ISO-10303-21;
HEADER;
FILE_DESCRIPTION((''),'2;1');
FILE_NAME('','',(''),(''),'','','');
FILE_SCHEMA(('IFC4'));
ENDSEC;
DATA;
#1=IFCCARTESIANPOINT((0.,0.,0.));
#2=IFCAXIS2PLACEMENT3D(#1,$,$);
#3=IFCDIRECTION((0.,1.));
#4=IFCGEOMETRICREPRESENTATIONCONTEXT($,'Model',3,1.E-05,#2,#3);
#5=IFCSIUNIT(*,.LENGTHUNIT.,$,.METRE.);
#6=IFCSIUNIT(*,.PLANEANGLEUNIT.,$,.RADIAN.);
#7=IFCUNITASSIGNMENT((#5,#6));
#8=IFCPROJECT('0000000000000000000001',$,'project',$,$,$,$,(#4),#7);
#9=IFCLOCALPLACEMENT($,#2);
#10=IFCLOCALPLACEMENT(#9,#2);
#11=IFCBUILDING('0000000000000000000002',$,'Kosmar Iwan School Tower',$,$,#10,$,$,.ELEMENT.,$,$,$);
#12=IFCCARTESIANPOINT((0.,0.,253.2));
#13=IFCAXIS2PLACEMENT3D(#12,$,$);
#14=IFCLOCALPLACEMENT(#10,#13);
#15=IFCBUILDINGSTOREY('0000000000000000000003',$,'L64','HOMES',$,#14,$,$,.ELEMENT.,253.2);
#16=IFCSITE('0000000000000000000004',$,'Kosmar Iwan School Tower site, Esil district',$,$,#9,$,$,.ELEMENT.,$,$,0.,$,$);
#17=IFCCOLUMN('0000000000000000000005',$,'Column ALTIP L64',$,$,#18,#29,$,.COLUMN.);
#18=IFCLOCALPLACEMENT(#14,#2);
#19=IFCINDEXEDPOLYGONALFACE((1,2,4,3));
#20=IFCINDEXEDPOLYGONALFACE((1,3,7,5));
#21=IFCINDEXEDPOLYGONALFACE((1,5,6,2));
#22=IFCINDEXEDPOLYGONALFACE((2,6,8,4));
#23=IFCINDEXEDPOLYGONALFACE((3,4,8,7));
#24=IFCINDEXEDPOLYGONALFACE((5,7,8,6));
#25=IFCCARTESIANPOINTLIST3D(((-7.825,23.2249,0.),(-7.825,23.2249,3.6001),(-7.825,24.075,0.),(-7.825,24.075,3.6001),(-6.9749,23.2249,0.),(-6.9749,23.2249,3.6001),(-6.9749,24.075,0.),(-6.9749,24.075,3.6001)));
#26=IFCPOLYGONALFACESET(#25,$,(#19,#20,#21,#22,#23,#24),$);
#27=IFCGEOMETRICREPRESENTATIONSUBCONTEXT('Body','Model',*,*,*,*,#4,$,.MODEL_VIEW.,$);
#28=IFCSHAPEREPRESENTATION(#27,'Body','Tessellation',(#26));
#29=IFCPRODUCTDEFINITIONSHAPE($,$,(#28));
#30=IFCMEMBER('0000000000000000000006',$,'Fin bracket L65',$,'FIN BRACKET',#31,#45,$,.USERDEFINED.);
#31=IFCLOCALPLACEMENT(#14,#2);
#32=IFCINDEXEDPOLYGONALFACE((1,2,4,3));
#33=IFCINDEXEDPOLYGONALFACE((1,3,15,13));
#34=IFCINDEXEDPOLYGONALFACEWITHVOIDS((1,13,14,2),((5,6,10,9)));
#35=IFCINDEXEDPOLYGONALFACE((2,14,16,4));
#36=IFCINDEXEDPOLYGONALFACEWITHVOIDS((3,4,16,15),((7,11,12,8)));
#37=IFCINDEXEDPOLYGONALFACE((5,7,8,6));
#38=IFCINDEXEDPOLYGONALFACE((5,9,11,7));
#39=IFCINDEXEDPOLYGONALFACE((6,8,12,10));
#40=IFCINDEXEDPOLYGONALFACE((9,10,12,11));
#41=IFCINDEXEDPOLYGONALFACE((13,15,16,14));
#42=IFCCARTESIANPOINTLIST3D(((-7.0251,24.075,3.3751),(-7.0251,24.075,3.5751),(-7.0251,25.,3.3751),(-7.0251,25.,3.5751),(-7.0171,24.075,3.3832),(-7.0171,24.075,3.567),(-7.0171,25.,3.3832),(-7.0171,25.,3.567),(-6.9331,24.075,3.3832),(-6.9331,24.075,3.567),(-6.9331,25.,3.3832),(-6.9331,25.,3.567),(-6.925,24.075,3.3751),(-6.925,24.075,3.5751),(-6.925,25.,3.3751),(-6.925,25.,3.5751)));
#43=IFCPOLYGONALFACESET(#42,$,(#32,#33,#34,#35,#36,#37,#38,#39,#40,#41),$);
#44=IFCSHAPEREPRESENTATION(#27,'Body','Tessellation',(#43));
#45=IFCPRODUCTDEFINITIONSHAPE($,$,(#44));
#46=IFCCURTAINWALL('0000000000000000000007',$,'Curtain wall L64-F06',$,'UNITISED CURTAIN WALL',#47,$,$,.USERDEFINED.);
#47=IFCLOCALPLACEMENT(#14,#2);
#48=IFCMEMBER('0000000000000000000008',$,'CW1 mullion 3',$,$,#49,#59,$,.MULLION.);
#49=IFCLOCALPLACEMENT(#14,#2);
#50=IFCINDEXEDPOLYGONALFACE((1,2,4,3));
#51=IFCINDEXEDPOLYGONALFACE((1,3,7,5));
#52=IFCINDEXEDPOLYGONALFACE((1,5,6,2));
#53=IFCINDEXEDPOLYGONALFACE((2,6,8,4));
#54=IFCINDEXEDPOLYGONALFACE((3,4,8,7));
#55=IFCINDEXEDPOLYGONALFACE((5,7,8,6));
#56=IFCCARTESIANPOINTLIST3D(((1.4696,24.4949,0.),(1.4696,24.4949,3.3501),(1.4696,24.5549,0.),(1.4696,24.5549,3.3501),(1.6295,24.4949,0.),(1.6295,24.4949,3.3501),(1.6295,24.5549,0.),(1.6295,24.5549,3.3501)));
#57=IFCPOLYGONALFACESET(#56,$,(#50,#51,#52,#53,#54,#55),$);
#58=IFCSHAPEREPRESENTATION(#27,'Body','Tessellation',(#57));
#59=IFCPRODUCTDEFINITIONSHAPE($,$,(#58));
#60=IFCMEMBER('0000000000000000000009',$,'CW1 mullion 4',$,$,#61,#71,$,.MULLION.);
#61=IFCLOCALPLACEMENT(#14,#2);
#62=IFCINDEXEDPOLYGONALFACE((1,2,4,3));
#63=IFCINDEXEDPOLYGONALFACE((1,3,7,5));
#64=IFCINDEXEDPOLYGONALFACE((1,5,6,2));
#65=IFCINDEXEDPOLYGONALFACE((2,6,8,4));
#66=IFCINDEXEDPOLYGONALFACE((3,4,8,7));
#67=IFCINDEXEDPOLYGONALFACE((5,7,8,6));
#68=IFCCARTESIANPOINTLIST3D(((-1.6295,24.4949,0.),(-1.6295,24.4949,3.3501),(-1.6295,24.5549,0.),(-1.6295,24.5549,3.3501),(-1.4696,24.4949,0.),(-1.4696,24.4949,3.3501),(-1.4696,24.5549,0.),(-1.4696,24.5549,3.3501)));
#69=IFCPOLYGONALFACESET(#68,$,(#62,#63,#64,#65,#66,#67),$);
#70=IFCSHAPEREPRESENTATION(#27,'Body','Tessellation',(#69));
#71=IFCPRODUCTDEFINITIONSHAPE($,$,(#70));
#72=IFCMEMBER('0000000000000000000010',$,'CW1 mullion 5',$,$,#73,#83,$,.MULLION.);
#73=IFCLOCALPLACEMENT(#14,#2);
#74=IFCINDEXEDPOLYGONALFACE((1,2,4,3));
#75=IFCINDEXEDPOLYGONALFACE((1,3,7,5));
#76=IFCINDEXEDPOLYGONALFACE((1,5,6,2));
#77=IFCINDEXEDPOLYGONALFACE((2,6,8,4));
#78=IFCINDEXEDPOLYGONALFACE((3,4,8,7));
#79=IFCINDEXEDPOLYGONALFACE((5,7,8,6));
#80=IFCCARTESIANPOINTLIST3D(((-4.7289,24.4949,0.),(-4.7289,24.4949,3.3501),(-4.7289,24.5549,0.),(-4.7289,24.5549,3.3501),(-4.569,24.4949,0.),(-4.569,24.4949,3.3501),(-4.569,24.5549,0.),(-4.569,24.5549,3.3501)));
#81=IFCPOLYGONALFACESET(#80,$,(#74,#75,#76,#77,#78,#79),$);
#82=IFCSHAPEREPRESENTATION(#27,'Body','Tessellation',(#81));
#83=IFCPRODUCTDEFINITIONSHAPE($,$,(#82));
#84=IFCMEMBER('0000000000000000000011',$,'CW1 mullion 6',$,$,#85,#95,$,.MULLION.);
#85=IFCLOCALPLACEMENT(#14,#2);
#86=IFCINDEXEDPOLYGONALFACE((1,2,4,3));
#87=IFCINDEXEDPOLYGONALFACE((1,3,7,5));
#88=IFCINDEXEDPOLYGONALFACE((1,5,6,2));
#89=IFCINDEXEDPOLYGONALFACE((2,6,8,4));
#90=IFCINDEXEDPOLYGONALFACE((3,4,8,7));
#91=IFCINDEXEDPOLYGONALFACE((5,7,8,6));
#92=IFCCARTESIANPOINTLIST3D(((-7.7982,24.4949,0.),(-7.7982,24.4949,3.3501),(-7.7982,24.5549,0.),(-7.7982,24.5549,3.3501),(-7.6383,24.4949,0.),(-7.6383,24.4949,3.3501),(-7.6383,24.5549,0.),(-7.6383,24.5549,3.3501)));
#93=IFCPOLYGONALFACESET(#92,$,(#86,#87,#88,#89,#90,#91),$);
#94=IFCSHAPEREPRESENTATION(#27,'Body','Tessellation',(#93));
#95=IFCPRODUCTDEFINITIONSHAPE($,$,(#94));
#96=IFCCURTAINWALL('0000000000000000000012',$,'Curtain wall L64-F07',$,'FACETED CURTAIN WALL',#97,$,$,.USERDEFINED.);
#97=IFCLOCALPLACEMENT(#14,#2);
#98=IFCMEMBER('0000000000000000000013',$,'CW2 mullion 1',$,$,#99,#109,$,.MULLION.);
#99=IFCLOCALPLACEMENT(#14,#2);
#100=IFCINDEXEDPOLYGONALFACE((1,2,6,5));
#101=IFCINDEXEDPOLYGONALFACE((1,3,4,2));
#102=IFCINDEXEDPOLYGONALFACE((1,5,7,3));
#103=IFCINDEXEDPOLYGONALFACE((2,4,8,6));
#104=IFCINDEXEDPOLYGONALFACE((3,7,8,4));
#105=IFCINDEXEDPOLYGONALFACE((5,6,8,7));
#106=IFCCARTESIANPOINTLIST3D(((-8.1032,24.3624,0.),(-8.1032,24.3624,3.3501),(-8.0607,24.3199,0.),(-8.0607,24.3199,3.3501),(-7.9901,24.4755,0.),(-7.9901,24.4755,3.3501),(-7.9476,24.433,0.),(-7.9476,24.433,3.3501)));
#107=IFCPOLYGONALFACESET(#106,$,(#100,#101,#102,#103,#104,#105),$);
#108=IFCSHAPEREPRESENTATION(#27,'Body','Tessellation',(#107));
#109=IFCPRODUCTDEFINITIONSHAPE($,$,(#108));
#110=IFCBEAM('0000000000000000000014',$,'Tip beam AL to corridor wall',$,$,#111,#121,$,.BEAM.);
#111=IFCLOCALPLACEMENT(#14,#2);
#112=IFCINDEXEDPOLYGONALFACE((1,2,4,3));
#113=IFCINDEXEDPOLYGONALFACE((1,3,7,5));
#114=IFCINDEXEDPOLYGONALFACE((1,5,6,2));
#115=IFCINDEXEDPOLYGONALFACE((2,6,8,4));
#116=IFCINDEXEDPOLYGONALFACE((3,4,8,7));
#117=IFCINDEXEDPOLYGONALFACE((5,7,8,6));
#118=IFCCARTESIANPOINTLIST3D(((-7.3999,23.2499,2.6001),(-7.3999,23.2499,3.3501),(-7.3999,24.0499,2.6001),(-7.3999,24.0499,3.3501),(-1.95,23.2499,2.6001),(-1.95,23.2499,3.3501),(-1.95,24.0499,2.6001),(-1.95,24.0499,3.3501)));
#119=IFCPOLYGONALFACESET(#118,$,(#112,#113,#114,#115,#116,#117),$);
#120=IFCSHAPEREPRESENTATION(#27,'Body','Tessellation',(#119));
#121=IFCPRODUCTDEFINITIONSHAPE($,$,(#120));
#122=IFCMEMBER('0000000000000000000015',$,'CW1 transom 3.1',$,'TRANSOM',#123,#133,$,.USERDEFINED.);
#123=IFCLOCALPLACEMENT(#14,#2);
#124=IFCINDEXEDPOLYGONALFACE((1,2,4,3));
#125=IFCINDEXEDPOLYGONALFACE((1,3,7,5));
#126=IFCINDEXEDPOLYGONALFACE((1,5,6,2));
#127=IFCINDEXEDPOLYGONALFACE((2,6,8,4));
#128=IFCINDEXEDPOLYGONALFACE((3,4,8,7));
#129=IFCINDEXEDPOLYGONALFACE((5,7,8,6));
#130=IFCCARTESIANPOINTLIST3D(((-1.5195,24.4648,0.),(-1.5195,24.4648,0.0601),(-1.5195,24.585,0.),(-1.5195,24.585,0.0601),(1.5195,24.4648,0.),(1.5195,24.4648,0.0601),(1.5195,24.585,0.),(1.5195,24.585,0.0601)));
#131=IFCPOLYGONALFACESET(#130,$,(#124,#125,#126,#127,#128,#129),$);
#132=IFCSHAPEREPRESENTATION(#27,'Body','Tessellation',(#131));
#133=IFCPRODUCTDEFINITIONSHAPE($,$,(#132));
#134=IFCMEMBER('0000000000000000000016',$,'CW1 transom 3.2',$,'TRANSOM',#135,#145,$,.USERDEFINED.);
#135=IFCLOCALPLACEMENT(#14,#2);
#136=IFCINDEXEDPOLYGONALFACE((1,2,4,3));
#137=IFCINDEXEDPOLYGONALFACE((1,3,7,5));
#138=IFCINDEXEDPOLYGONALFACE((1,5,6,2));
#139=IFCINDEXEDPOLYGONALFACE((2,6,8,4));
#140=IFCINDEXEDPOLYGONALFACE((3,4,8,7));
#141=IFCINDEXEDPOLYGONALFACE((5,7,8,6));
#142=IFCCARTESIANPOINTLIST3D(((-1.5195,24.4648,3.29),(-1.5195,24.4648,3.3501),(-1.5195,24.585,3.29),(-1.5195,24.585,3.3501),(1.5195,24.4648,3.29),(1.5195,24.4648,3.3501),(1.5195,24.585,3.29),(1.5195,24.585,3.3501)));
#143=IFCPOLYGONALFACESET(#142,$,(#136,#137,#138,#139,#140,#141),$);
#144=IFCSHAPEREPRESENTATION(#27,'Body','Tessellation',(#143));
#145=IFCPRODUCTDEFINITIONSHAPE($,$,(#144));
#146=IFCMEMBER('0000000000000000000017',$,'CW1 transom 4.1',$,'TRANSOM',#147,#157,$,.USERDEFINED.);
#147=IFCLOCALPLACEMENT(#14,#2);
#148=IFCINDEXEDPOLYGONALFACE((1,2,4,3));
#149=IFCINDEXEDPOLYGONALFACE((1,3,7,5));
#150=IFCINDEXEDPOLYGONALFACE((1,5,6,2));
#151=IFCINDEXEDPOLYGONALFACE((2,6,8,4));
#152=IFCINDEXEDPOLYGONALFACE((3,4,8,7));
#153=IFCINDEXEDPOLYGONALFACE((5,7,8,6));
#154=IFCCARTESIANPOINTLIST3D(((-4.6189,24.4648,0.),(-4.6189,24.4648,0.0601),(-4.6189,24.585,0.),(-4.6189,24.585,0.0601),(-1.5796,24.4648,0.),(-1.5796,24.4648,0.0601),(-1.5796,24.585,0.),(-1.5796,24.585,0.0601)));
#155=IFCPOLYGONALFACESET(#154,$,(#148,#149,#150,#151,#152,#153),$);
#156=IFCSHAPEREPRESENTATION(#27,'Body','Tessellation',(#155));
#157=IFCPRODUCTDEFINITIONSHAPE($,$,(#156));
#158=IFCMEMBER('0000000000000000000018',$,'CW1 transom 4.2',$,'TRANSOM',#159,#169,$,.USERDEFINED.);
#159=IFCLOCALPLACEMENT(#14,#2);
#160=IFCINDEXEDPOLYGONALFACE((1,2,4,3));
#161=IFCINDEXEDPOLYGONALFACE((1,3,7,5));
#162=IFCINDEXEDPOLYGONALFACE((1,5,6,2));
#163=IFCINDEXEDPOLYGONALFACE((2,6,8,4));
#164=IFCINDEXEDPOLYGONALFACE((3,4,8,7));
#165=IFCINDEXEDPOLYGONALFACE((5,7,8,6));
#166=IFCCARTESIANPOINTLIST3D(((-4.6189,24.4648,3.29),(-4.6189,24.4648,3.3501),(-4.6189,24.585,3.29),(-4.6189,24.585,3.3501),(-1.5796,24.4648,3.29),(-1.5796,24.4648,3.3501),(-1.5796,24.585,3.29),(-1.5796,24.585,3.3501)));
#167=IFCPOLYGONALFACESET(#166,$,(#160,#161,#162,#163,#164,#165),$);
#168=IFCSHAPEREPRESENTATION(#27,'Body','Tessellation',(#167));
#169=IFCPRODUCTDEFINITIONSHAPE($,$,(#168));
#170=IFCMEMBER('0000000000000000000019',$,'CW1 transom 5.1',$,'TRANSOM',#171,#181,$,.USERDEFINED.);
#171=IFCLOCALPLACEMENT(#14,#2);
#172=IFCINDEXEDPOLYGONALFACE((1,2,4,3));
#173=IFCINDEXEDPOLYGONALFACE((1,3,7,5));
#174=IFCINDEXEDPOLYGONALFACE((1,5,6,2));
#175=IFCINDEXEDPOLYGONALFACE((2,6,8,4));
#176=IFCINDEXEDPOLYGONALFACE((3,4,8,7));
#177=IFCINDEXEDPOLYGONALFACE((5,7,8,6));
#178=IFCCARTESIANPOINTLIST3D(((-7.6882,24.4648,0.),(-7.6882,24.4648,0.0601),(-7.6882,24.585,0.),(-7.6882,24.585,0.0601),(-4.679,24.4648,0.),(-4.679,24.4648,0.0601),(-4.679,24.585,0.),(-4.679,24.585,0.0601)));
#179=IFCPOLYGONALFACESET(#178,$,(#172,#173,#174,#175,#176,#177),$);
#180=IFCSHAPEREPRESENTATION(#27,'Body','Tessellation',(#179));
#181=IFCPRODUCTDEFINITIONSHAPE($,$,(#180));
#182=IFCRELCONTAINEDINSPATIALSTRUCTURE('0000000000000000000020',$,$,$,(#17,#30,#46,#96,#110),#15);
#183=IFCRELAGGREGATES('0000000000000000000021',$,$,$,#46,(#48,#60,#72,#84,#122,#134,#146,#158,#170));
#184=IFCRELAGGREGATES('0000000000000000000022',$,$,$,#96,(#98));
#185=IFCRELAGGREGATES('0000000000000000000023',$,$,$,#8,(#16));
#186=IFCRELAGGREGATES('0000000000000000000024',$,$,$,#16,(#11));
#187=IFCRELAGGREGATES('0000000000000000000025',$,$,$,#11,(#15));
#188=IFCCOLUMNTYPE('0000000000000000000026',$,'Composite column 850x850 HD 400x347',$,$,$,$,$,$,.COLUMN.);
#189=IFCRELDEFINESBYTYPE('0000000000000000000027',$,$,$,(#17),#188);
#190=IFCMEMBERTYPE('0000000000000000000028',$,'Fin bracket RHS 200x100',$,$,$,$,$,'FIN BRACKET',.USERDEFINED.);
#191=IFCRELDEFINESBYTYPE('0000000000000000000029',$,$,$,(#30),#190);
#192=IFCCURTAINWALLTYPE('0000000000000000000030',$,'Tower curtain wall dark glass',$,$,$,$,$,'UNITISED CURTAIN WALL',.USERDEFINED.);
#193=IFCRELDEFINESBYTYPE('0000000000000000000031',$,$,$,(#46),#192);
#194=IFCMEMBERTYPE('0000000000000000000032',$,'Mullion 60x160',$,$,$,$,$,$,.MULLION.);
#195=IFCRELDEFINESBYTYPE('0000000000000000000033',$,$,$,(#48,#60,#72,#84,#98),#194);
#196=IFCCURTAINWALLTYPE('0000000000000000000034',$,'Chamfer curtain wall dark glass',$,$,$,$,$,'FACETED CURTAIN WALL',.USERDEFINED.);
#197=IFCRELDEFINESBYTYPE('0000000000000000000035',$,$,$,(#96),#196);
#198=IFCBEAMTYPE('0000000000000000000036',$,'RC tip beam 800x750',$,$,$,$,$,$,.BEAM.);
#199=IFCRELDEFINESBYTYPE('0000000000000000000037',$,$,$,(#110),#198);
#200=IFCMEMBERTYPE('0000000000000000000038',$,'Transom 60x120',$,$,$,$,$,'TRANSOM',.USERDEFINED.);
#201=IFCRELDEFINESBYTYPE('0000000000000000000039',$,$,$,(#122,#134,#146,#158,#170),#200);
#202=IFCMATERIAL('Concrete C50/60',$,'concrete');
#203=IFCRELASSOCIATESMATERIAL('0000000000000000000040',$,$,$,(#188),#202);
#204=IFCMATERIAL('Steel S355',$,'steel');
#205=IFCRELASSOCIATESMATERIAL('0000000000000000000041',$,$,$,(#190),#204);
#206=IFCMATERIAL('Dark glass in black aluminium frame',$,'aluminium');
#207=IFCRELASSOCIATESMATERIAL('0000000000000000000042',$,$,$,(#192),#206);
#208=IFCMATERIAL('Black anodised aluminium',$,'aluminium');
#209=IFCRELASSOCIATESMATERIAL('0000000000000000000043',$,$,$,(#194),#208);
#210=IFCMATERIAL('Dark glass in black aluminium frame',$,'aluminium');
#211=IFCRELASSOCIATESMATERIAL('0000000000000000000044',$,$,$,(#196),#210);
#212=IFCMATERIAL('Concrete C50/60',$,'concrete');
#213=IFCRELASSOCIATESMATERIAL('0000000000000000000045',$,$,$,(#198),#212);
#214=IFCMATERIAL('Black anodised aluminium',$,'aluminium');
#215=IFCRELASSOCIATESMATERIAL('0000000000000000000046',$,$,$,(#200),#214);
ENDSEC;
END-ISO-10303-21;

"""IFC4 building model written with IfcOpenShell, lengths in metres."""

from ifc_helpers import new_model, si_unit, direction, frame, origin, origin_2d, place, context, subcontext, project, spatial, rectangle, hollow_rectangle, extrude, material, material_profile, profile_set, type_object, element, aggregate, save


model = new_model("IFC4")

# Units and contexts
model_context = context("Model", 3, precision=1e-05, world=origin(), true_north=direction((0.0, 1.0)))
body_context = subcontext(model_context, "Body", "Model", "MODEL_VIEW")
ifc_project = project(units=[si_unit("LENGTHUNIT", "METRE"), si_unit("PLANEANGLEUNIT", "RADIAN")], contexts=[model_context])

# Site, building, storey
site_placement = place(None, origin())
site = spatial("IfcSite", under=ifc_project, at=site_placement, Name="Kosmar Iwan School Tower site, Esil district", CompositionType="ELEMENT", RefElevation=0.0)
building_placement = place(site_placement, origin())
building = spatial("IfcBuilding", under=site, at=building_placement, Name="Kosmar Iwan School Tower", CompositionType="ELEMENT")
storey_placement = place(building_placement, frame((0.0, 0.0, 253.2)))
storey = spatial("IfcBuildingStorey", under=building, at=storey_placement, Name="L64", Description="HOMES", CompositionType="ELEMENT", Elevation=253.2)

# Column
ifc_material_1 = material(Name="Concrete C50/60", Category="concrete")
ifc_material_profile_1 = material_profile(ifc_material_1, rectangle(XDim=0.8501, YDim=0.8501, at=origin_2d()), Name="RC 850x850 + HD 400x347")
ifc_profile_set_1 = profile_set([ifc_material_profile_1], Name="Concrete C50/60")
column_type = type_object("IfcColumnType", Name="Composite column 850x850 HD 400x347", PredefinedType="COLUMN", material=ifc_profile_set_1)
column_placement = place(storey_placement, frame((-7.3999, 23.6499, 0.0), z_axis=(0.0, 0.0, 1.0), x_axis=(0.0, 1.0, 0.0)))
element("IfcColumn", 1, at=column_placement, inside=storey, type_object=column_type, Name="Column ALTIP L64", PredefinedType="COLUMN", context=body_context, shape_type="SweptSolid", body=[
    extrude(rectangle(XDim=0.8501, YDim=0.8501, at=origin_2d()), origin(), (0.0, 0.0, 1.0), 3.6001),
])

# Member
ifc_material_2 = material(Name="Steel S355", Category="steel")
ifc_material_profile_2 = material_profile(ifc_material_2, hollow_rectangle(XDim=0.1001, YDim=0.2, WallThickness=0.0081, at=origin_2d()), Name="RHS 200x100x8")
ifc_profile_set_2 = profile_set([ifc_material_profile_2], Name="Steel S355")
member_type_1 = type_object("IfcMemberType", Name="Fin bracket RHS 200x100", ElementType="FIN BRACKET", PredefinedType="USERDEFINED", material=ifc_profile_set_2)
member_1_placement = place(storey_placement, frame((-6.9751, 24.075, 3.4751), z_axis=(0.0, 1.0, 0.0), x_axis=(-1.0, 0.0, 0.0)))
element("IfcMember", 2, at=member_1_placement, inside=storey, type_object=member_type_1, Name="Fin bracket L65", ObjectType="FIN BRACKET", PredefinedType="USERDEFINED", context=body_context, shape_type="SweptSolid", body=[
    extrude(hollow_rectangle(XDim=0.1001, YDim=0.2, WallThickness=0.0081, at=origin_2d()), origin(), (0.0, 0.0, 1.0), 0.925),
])

# Curtain wall, members
ifc_material_3 = material(Name="Dark glass in black aluminium frame", Category="aluminium")
curtain_wall_type_1 = type_object("IfcCurtainWallType", Name="Tower curtain wall dark glass", ElementType="UNITISED CURTAIN WALL", PredefinedType="USERDEFINED", material=ifc_material_3)
curtain_wall_1_placement = place(storey_placement, origin())
curtain_wall_1 = element("IfcCurtainWall", 3, at=curtain_wall_1_placement, inside=storey, type_object=curtain_wall_type_1, Name="Curtain wall L64-F06", ObjectType="UNITISED CURTAIN WALL", PredefinedType="USERDEFINED")
ifc_material_4 = material(Name="Black anodised aluminium", Category="aluminium")
ifc_material_profile_3 = material_profile(ifc_material_4, rectangle(XDim=0.0601, YDim=0.1599, at=origin_2d()), Name="MULLION 60x160")
ifc_profile_set_3 = profile_set([ifc_material_profile_3], Name="Black anodised aluminium")
member_type_2 = type_object("IfcMemberType", Name="Mullion 60x160", PredefinedType="MULLION", material=ifc_profile_set_3)
member_2_placement = place(storey_placement, frame((1.5496, 24.5249, 0.0), z_axis=(0.0, 0.0, 1.0), x_axis=(0.0, -1.0, 0.0)))
member_2 = element("IfcMember", 4, at=member_2_placement, type_object=member_type_2, Name="CW1 mullion 3", PredefinedType="MULLION", context=body_context, shape_type="SweptSolid", body=[
    extrude(rectangle(XDim=0.0601, YDim=0.1599, at=origin_2d()), origin(), (0.0, 0.0, 1.0), 3.3501),
])
member_3_placement = place(storey_placement, frame((-1.5496, 24.5249, 0.0), z_axis=(0.0, 0.0, 1.0), x_axis=(0.0, -1.0, 0.0)))
member_3 = element("IfcMember", 5, at=member_3_placement, type_object=member_type_2, Name="CW1 mullion 4", PredefinedType="MULLION", context=body_context, shape_type="SweptSolid", body=[
    extrude(rectangle(XDim=0.0601, YDim=0.1599, at=origin_2d()), origin(), (0.0, 0.0, 1.0), 3.3501),
])
member_4_placement = place(storey_placement, frame((-4.6489, 24.5249, 0.0), z_axis=(0.0, 0.0, 1.0), x_axis=(0.0, -1.0, 0.0)))
member_4 = element("IfcMember", 6, at=member_4_placement, type_object=member_type_2, Name="CW1 mullion 5", PredefinedType="MULLION", context=body_context, shape_type="SweptSolid", body=[
    extrude(rectangle(XDim=0.0601, YDim=0.1599, at=origin_2d()), origin(), (0.0, 0.0, 1.0), 3.3501),
])
member_5_placement = place(storey_placement, frame((-7.7183, 24.5249, 0.0), z_axis=(0.0, 0.0, 1.0), x_axis=(0.0, -1.0, 0.0)))
member_5 = element("IfcMember", 7, at=member_5_placement, type_object=member_type_2, Name="CW1 mullion 6", PredefinedType="MULLION", context=body_context, shape_type="SweptSolid", body=[
    extrude(rectangle(XDim=0.0601, YDim=0.1599, at=origin_2d()), origin(), (0.0, 0.0, 1.0), 3.3501),
])

# Curtain wall, member
ifc_material_5 = material(Name="Dark glass in black aluminium frame", Category="aluminium")
curtain_wall_type_2 = type_object("IfcCurtainWallType", Name="Chamfer curtain wall dark glass", ElementType="FACETED CURTAIN WALL", PredefinedType="USERDEFINED", material=ifc_material_5)
curtain_wall_2_placement = place(storey_placement, origin())
curtain_wall_2 = element("IfcCurtainWall", 8, at=curtain_wall_2_placement, inside=storey, type_object=curtain_wall_type_2, Name="Curtain wall L64-F07", ObjectType="FACETED CURTAIN WALL", PredefinedType="USERDEFINED")
member_6_placement = place(storey_placement, frame((-8.0254, 24.3977, 0.0), z_axis=(0.0, 0.0, 1.0), x_axis=(0.707107, -0.707107, 0.0)))
member_6 = element("IfcMember", 9, at=member_6_placement, type_object=member_type_2, Name="CW2 mullion 1", PredefinedType="MULLION", context=body_context, shape_type="SweptSolid", body=[
    extrude(rectangle(XDim=0.0601, YDim=0.1599, at=origin_2d()), origin(), (0.0, 0.0, 1.0), 3.3501),
])

# Beam
ifc_material_6 = material(Name="Concrete C50/60", Category="concrete")
ifc_material_profile_4 = material_profile(ifc_material_6, rectangle(XDim=0.8, YDim=0.75, at=origin_2d()), Name="RC 800x750")
ifc_profile_set_4 = profile_set([ifc_material_profile_4], Name="Concrete C50/60")
beam_type = type_object("IfcBeamType", Name="RC tip beam 800x750", PredefinedType="BEAM", material=ifc_profile_set_4)
beam_placement = place(storey_placement, frame((-7.3999, 23.6499, 2.9751), z_axis=(1.0, 0.0, 0.0), x_axis=(0.0, 1.0, 0.0)))
element("IfcBeam", 10, at=beam_placement, inside=storey, type_object=beam_type, Name="Tip beam AL to corridor wall", PredefinedType="BEAM", context=body_context, shape_type="SweptSolid", body=[
    extrude(rectangle(XDim=0.8, YDim=0.75, at=origin_2d()), origin(), (0.0, 0.0, 1.0), 5.45),
])

# Members
ifc_material_7 = material(Name="Black anodised aluminium", Category="aluminium")
ifc_material_profile_5 = material_profile(ifc_material_7, rectangle(XDim=0.1201, YDim=0.0601, at=origin_2d()), Name="TRANSOM 60x120")
ifc_profile_set_5 = profile_set([ifc_material_profile_5], Name="Black anodised aluminium")
member_type_3 = type_object("IfcMemberType", Name="Transom 60x120", ElementType="TRANSOM", PredefinedType="USERDEFINED", material=ifc_profile_set_5)
member_7_placement = place(storey_placement, frame((1.5195, 24.5249, 0.03), z_axis=(-1.0, 0.0, 0.0), x_axis=(0.0, -1.0, 0.0)))
member_7 = element("IfcMember", 11, at=member_7_placement, type_object=member_type_3, Name="CW1 transom 3.1", ObjectType="TRANSOM", PredefinedType="USERDEFINED", context=body_context, shape_type="SweptSolid", body=[
    extrude(rectangle(XDim=0.1201, YDim=0.0601, at=origin_2d()), origin(), (0.0, 0.0, 1.0), 3.0391),
])
member_8_placement = place(storey_placement, frame((1.5195, 24.5249, 3.3201), z_axis=(-1.0, 0.0, 0.0), x_axis=(0.0, -1.0, 0.0)))
member_8 = element("IfcMember", 12, at=member_8_placement, type_object=member_type_3, Name="CW1 transom 3.2", ObjectType="TRANSOM", PredefinedType="USERDEFINED", context=body_context, shape_type="SweptSolid", body=[
    extrude(rectangle(XDim=0.1201, YDim=0.0601, at=origin_2d()), origin(), (0.0, 0.0, 1.0), 3.0391),
])
member_9_placement = place(storey_placement, frame((-1.5796, 24.5249, 0.03), z_axis=(-1.0, 0.0, 0.0), x_axis=(0.0, -1.0, 0.0)))
member_9 = element("IfcMember", 13, at=member_9_placement, type_object=member_type_3, Name="CW1 transom 4.1", ObjectType="TRANSOM", PredefinedType="USERDEFINED", context=body_context, shape_type="SweptSolid", body=[
    extrude(rectangle(XDim=0.1201, YDim=0.0601, at=origin_2d()), origin(), (0.0, 0.0, 1.0), 3.0393),
])
member_10_placement = place(storey_placement, frame((-1.5796, 24.5249, 3.3201), z_axis=(-1.0, 0.0, 0.0), x_axis=(0.0, -1.0, 0.0)))
member_10 = element("IfcMember", 14, at=member_10_placement, type_object=member_type_3, Name="CW1 transom 4.2", ObjectType="TRANSOM", PredefinedType="USERDEFINED", context=body_context, shape_type="SweptSolid", body=[
    extrude(rectangle(XDim=0.1201, YDim=0.0601, at=origin_2d()), origin(), (0.0, 0.0, 1.0), 3.0393),
])
member_11_placement = place(storey_placement, frame((-4.679, 24.5249, 0.03), z_axis=(-1.0, 0.0, 0.0), x_axis=(0.0, -1.0, 0.0)))
member_11 = element("IfcMember", 15, at=member_11_placement, type_object=member_type_3, Name="CW1 transom 5.1", ObjectType="TRANSOM", PredefinedType="USERDEFINED", context=body_context, shape_type="SweptSolid", body=[
    extrude(rectangle(XDim=0.1201, YDim=0.0601, at=origin_2d()), origin(), (0.0, 0.0, 1.0), 3.0093),
])

aggregate(curtain_wall_1, [member_2, member_3, member_4, member_5, member_7, member_8, member_9, member_10, member_11])
aggregate(curtain_wall_2, [member_6])

save(model, "model.ifc")
